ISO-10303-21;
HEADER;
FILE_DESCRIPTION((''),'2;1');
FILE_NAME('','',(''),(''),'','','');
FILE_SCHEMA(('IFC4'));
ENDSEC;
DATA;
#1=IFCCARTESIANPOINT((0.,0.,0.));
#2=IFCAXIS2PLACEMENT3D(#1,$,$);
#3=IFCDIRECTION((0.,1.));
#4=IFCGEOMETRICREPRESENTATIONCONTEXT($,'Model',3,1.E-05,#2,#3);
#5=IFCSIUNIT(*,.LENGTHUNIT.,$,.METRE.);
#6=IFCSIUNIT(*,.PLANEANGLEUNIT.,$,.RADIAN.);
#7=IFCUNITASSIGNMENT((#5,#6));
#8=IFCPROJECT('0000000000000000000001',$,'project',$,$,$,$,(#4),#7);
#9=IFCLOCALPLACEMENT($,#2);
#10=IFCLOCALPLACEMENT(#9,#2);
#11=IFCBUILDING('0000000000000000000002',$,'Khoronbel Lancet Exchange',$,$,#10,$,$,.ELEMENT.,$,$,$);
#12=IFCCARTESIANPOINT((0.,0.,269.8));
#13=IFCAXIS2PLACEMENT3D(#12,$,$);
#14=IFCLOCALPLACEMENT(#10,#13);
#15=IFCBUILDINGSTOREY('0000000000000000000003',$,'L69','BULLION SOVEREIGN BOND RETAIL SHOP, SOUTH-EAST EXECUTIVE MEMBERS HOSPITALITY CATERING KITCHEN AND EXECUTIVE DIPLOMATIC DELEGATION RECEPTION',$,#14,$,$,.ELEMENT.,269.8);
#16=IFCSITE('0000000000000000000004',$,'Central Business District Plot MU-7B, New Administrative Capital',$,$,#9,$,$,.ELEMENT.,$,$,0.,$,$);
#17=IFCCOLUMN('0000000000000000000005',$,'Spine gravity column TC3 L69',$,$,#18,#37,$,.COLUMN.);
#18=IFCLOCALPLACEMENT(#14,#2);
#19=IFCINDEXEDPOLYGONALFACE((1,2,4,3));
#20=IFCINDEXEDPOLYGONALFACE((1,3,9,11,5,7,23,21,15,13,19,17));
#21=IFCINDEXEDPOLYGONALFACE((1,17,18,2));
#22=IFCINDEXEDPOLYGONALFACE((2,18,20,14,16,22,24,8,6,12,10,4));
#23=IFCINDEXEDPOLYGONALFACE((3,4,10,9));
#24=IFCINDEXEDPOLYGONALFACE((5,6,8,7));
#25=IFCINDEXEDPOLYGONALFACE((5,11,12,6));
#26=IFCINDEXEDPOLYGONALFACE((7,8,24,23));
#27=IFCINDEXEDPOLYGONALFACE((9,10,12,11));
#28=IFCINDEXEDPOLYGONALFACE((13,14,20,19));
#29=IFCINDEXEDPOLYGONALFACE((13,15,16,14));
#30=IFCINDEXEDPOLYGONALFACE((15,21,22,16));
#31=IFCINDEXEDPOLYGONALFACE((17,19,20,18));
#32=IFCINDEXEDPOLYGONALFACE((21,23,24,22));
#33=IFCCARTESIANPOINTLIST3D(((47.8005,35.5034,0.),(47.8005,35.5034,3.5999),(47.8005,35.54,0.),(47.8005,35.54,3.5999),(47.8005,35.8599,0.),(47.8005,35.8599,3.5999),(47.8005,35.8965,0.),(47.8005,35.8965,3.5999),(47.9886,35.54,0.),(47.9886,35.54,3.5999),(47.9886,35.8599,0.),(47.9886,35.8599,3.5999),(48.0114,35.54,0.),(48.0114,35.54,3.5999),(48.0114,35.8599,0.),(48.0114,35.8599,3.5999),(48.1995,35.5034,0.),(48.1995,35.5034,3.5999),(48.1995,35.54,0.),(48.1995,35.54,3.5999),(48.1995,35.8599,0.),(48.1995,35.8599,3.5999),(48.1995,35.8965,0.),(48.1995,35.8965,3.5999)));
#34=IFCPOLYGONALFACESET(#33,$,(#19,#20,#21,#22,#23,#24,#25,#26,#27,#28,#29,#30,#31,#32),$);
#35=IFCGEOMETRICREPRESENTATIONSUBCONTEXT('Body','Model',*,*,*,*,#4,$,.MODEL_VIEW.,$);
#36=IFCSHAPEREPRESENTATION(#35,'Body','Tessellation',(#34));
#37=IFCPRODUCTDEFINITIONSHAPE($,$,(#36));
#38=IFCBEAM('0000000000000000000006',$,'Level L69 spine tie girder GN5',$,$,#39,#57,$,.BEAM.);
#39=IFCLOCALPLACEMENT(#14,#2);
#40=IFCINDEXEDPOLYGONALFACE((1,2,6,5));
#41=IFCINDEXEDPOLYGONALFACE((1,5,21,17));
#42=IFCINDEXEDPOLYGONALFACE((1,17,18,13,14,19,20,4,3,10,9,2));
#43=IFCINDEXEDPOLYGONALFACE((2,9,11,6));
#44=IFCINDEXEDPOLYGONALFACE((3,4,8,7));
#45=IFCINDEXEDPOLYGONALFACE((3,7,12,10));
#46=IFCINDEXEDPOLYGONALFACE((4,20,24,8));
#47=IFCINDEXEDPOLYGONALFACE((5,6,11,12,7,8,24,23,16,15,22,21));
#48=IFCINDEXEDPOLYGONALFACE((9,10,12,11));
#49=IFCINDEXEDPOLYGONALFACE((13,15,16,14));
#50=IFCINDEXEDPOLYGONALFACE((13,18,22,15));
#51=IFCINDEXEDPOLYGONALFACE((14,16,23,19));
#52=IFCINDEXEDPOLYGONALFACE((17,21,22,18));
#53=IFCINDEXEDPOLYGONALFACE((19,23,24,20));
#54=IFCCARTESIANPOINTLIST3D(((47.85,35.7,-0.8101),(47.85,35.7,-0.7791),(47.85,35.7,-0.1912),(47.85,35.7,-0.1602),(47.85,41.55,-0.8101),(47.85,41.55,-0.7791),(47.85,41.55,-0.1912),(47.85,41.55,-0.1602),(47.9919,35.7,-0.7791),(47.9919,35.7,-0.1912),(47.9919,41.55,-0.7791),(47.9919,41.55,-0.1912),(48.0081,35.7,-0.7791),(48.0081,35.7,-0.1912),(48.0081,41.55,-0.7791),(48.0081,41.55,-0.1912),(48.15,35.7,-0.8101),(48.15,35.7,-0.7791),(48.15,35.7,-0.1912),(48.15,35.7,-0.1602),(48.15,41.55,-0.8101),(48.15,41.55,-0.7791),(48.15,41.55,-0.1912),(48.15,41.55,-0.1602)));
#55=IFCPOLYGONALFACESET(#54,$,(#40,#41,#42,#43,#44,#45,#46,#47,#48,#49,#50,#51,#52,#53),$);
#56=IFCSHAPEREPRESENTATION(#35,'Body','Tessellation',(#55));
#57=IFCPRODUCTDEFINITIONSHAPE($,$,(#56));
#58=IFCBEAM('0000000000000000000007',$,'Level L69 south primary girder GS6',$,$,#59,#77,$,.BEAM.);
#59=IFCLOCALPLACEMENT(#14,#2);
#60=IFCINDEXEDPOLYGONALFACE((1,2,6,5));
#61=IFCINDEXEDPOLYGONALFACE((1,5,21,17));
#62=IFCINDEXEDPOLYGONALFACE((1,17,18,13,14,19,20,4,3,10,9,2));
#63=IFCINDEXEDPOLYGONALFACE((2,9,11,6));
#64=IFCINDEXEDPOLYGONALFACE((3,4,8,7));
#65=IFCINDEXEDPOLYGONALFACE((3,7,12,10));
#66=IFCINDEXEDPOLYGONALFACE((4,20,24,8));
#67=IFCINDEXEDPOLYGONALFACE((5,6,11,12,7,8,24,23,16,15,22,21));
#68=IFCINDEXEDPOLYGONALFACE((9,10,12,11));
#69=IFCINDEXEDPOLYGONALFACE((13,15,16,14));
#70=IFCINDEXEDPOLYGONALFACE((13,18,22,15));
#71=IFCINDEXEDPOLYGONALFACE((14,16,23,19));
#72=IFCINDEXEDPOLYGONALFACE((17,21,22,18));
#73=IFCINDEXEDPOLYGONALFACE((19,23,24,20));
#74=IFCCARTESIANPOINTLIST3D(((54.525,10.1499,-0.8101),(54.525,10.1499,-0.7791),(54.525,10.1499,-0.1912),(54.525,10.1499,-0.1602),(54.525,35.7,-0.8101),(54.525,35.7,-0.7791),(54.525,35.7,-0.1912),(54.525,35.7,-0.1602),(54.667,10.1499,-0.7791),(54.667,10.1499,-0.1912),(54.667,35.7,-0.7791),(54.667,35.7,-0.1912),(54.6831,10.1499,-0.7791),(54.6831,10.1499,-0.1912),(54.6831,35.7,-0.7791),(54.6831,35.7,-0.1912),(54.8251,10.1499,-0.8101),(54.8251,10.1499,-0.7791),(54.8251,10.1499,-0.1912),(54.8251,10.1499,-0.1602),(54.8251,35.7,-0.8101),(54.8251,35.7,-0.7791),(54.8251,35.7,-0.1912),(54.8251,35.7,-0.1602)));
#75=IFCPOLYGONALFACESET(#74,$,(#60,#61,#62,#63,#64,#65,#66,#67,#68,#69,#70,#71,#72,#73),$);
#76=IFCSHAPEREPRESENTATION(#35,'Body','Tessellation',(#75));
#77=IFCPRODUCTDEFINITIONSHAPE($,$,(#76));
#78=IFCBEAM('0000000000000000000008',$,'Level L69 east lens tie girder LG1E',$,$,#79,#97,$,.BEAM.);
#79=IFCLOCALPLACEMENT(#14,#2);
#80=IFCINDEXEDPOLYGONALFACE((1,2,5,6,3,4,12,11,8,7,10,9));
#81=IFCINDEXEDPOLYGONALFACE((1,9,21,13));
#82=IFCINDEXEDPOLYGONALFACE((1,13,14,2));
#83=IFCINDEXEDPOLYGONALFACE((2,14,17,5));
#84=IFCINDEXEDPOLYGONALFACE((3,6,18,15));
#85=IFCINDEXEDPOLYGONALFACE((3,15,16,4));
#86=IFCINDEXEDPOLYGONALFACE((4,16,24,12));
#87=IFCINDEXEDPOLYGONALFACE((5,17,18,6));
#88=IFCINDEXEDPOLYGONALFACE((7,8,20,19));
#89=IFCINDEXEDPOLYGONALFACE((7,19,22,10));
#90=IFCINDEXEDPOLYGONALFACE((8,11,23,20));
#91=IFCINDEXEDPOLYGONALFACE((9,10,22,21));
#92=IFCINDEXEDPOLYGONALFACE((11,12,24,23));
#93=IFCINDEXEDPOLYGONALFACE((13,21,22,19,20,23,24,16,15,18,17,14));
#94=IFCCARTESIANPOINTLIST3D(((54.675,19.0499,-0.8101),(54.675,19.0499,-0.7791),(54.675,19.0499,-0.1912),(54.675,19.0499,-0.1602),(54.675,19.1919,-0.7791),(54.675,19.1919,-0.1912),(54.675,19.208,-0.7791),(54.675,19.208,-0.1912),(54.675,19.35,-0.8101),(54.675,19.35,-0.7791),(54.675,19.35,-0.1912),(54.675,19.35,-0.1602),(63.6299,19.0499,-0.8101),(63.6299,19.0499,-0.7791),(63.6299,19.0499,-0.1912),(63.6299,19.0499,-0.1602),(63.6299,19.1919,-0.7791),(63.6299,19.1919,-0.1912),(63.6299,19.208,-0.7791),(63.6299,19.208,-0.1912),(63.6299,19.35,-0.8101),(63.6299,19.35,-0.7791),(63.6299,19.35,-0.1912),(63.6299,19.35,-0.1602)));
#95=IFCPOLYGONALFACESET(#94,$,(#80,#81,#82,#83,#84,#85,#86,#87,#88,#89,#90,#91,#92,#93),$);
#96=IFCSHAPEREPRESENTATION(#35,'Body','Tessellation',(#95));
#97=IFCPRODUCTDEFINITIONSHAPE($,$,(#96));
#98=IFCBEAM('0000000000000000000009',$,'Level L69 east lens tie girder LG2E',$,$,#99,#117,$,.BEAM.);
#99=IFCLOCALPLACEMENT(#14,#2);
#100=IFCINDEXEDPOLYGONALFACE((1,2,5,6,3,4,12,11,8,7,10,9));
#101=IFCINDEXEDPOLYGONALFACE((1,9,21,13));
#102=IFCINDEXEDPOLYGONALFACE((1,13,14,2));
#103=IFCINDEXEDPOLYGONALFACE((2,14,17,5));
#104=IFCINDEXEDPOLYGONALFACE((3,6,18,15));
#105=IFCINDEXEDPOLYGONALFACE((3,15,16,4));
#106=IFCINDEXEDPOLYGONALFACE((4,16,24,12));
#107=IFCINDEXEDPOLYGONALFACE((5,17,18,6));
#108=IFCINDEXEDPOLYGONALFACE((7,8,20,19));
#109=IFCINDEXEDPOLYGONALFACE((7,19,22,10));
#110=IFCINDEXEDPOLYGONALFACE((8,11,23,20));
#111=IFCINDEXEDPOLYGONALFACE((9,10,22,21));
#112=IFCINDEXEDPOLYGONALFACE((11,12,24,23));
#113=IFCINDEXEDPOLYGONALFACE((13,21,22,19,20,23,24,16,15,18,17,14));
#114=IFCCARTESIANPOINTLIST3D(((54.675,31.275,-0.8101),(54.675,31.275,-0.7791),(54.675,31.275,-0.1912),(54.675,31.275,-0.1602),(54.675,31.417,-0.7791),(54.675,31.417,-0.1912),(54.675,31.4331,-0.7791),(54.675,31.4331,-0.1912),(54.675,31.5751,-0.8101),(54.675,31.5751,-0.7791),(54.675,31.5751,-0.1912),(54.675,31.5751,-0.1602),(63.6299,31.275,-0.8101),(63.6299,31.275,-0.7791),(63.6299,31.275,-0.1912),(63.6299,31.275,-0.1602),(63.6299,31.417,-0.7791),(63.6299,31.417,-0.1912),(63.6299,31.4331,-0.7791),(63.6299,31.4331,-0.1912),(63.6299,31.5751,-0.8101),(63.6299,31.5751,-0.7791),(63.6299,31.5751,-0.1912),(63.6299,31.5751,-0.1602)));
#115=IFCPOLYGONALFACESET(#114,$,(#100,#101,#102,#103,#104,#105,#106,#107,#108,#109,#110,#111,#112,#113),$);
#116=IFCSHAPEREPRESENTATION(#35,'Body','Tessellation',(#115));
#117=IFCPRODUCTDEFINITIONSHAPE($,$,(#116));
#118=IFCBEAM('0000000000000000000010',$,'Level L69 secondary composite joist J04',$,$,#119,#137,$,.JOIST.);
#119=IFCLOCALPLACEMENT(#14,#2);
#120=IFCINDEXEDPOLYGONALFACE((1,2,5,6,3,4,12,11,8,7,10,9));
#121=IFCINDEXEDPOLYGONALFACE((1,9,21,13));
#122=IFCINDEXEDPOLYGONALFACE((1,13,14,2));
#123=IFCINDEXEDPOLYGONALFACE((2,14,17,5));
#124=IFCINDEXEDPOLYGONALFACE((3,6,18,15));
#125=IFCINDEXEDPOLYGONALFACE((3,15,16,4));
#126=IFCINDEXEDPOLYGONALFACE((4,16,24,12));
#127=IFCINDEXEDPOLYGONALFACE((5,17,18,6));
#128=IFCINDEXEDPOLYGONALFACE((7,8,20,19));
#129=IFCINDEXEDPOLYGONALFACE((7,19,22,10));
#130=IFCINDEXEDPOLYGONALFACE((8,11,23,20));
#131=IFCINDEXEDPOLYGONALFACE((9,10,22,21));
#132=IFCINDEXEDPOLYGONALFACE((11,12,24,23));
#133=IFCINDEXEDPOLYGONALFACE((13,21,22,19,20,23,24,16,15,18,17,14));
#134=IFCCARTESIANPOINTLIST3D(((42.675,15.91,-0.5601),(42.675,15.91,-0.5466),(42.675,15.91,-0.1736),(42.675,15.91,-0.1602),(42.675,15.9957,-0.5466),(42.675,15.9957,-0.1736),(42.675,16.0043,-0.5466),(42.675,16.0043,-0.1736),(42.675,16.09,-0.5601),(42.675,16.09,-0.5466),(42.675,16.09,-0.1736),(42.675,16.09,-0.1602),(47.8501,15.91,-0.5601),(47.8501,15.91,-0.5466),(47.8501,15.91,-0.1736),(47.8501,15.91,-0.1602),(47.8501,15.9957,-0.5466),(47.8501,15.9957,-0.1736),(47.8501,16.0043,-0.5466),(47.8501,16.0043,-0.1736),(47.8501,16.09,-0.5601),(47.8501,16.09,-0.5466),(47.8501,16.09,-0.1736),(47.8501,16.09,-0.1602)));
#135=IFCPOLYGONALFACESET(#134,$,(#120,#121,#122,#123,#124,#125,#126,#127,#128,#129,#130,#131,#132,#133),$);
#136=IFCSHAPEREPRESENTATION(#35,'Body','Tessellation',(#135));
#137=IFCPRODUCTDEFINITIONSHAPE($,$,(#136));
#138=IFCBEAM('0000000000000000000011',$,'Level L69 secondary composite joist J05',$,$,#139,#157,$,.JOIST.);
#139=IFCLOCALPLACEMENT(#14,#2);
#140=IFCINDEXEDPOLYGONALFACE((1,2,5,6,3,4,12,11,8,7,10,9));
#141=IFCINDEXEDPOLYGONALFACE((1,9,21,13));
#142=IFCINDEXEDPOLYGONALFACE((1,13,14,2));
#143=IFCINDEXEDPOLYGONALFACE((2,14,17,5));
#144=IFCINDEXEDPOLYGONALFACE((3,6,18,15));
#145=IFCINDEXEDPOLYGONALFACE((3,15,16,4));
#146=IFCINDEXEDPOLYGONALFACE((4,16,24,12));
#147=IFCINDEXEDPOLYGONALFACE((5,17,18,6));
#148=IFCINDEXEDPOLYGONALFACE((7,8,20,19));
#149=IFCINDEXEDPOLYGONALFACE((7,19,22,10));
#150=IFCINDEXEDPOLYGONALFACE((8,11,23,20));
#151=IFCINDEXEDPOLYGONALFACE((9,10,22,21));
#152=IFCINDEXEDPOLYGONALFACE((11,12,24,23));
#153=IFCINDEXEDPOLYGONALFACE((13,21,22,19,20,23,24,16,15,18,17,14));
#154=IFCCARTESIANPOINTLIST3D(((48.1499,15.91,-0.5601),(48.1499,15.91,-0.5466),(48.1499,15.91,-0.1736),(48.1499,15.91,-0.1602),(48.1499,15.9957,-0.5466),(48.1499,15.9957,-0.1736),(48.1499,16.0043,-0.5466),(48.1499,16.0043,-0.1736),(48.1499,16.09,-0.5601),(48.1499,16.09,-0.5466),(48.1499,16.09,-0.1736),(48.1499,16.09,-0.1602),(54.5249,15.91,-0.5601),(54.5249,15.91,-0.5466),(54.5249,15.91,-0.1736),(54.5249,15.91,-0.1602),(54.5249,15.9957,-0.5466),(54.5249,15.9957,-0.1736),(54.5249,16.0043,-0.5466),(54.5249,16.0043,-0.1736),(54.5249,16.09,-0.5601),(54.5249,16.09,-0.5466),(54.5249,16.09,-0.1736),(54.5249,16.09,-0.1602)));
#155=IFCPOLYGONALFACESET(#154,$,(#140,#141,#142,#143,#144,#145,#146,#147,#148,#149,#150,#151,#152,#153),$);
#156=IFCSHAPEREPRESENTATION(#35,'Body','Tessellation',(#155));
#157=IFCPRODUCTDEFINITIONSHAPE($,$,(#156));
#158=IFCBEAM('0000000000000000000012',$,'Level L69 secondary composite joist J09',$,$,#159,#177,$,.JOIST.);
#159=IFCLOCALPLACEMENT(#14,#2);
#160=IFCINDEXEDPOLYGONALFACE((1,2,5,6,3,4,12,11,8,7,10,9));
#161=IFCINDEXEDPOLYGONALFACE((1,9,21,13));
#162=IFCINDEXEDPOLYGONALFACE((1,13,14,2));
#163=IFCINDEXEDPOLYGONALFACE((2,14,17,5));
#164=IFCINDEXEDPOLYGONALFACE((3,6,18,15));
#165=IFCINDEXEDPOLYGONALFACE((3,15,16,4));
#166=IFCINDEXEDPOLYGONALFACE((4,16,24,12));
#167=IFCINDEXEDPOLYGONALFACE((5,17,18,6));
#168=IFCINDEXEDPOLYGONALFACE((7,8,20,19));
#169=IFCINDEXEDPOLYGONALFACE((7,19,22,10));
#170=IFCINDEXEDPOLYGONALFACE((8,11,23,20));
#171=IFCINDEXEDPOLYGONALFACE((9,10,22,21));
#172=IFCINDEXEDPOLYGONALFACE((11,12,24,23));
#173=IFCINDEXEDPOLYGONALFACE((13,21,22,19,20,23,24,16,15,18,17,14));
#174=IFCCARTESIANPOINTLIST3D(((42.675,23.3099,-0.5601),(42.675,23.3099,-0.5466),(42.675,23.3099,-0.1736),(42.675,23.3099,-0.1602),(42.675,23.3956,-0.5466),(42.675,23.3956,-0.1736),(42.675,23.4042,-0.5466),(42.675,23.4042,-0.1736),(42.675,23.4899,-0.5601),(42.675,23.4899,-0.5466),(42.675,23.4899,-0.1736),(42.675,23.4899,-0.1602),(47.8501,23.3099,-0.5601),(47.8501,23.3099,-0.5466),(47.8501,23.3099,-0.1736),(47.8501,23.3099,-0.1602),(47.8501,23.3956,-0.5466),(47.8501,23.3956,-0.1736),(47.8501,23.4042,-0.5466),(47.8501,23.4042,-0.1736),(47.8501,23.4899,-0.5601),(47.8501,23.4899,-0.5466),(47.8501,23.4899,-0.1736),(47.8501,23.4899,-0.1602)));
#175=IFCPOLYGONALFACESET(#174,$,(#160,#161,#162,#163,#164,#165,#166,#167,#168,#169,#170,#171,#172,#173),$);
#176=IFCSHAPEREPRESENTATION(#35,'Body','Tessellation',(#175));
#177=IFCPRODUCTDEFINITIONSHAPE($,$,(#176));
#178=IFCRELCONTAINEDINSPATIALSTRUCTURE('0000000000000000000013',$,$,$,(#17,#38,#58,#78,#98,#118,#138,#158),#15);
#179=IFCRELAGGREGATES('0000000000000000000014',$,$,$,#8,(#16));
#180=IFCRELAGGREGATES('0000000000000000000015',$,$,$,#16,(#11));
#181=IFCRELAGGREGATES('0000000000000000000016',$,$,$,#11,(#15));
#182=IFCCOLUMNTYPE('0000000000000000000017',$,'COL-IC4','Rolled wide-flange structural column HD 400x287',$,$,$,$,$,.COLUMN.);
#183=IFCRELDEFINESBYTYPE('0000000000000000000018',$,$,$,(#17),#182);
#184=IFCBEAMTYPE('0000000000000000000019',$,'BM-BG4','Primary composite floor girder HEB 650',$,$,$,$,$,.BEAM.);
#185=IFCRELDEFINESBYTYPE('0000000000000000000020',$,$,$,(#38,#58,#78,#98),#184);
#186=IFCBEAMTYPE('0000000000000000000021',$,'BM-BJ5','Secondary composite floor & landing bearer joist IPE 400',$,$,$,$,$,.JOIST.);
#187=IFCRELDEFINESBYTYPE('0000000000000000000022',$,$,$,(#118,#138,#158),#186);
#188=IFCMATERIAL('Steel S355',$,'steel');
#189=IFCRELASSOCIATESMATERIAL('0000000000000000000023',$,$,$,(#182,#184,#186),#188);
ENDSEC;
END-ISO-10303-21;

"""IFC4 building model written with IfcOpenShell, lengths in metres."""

from ifc_helpers import new_model, si_unit, direction, frame, origin, origin_2d, place, context, subcontext, project, spatial, i_section, extrude, material, material_profile, profile_set, type_object, element, save


model = new_model("IFC4")

# Units and contexts
model_context = context("Model", 3, precision=1e-05, world=origin(), true_north=direction((0.0, 1.0)))
body_context = subcontext(model_context, "Body", "Model", "MODEL_VIEW")
ifc_project = project(units=[si_unit("LENGTHUNIT", "METRE"), si_unit("PLANEANGLEUNIT", "RADIAN")], contexts=[model_context])

# Site, building, storey
site_placement = place(None, origin())
site = spatial("IfcSite", under=ifc_project, at=site_placement, Name="Central Business District Plot MU-7B, New Administrative Capital", CompositionType="ELEMENT", RefElevation=0.0)
building_placement = place(site_placement, origin())
building = spatial("IfcBuilding", under=site, at=building_placement, Name="Khoronbel Lancet Exchange", CompositionType="ELEMENT")
storey_placement = place(building_placement, frame((0.0, 0.0, 269.8)))
storey = spatial("IfcBuildingStorey", under=building, at=storey_placement, Name="L69", Description="BULLION SOVEREIGN BOND RETAIL SHOP, SOUTH-EAST EXECUTIVE MEMBERS HOSPITALITY CATERING KITCHEN AND EXECUTIVE DIPLOMATIC DELEGATION RECEPTION", CompositionType="ELEMENT", Elevation=269.8)

# Column
ifc_material_1 = material(Name="Steel S355", Category="steel")
ifc_material_profile_1 = material_profile(ifc_material_1, i_section(OverallWidth=0.3989, OverallDepth=0.3931, WebThickness=0.0227, FlangeThickness=0.0366, at=origin_2d()), Name="HD 400x287")
ifc_profile_set_1 = profile_set([ifc_material_profile_1], Name="Steel S355")
column_type = type_object("IfcColumnType", Name="COL-IC4", Description="Rolled wide-flange structural column HD 400x287", PredefinedType="COLUMN", material=ifc_profile_set_1)
column_placement = place(storey_placement, frame((48.0, 35.7, 0.0), z_axis=(0.0, 0.0, 1.0), x_axis=(1.0, 0.0, 0.0)))
element("IfcColumn", 1, at=column_placement, inside=storey, type_object=column_type, Name="Spine gravity column TC3 L69", PredefinedType="COLUMN", context=body_context, shape_type="SweptSolid", body=[
    extrude(i_section(OverallWidth=0.3989, OverallDepth=0.3931, WebThickness=0.0227, FlangeThickness=0.0366, at=origin_2d()), origin(), (0.0, 0.0, 1.0), 3.5999),
])

# Beams
ifc_material_profile_2 = material_profile(ifc_material_1, i_section(OverallWidth=0.3, OverallDepth=0.6499, WebThickness=0.0161, FlangeThickness=0.031, at=origin_2d()), Name="HEB 650")
ifc_profile_set_2 = profile_set([ifc_material_profile_2], Name="Steel S355")
beam_type_1 = type_object("IfcBeamType", Name="BM-BG4", Description="Primary composite floor girder HEB 650", PredefinedType="BEAM", material=ifc_profile_set_2)
beam_1_placement = place(storey_placement, frame((48.0, 35.7, -0.4851), z_axis=(0.0, 1.0, 0.0), x_axis=(-1.0, 0.0, 0.0)))
element("IfcBeam", 2, at=beam_1_placement, inside=storey, type_object=beam_type_1, Name="Level L69 spine tie girder GN5", PredefinedType="BEAM", context=body_context, shape_type="SweptSolid", body=[
    extrude(i_section(OverallWidth=0.3, OverallDepth=0.6499, WebThickness=0.0161, FlangeThickness=0.031, at=origin_2d()), origin(), (0.0, 0.0, 1.0), 5.8501),
])
beam_2_placement = place(storey_placement, frame((54.675, 10.1499, -0.4851), z_axis=(0.0, 1.0, 0.0), x_axis=(-1.0, 0.0, 0.0)))
element("IfcBeam", 3, at=beam_2_placement, inside=storey, type_object=beam_type_1, Name="Level L69 south primary girder GS6", PredefinedType="BEAM", context=body_context, shape_type="SweptSolid", body=[
    extrude(i_section(OverallWidth=0.3, OverallDepth=0.6499, WebThickness=0.0161, FlangeThickness=0.031, at=origin_2d()), origin(), (0.0, 0.0, 1.0), 25.55),
])
for number, where, z_axis, x_axis, name in (
    (4, (54.675, 19.2, -0.4851), (1.0, 0.0, 0.0), (0.0, 1.0, 0.0), "Level L69 east lens tie girder LG1E"),
    (5, (54.675, 31.425, -0.4851), (1.0, 0.0, 0.0), (0.0, 1.0, 0.0), "Level L69 east lens tie girder LG2E"),
):
    element("IfcBeam", number, at=place(storey_placement, frame(where, z_axis=z_axis, x_axis=x_axis)), inside=storey, type_object=beam_type_1, Name=name, PredefinedType="BEAM", context=body_context, shape_type="SweptSolid", body=[
        extrude(i_section(OverallWidth=0.3, OverallDepth=0.6499, WebThickness=0.0161, FlangeThickness=0.031, at=origin_2d()), origin(), (0.0, 0.0, 1.0), 8.9548),
    ])
ifc_material_profile_3 = material_profile(ifc_material_1, i_section(OverallWidth=0.1799, OverallDepth=0.3999, WebThickness=0.0085, FlangeThickness=0.0134, at=origin_2d()), Name="IPE 400")
ifc_profile_set_3 = profile_set([ifc_material_profile_3], Name="Steel S355")
beam_type_2 = type_object("IfcBeamType", Name="BM-BJ5", Description="Secondary composite floor & landing bearer joist IPE 400", PredefinedType="JOIST", material=ifc_profile_set_3)
beam_3_placement = place(storey_placement, frame((42.675, 16.0, -0.3601), z_axis=(1.0, 0.0, 0.0), x_axis=(0.0, 1.0, 0.0)))
element("IfcBeam", 6, at=beam_3_placement, inside=storey, type_object=beam_type_2, Name="Level L69 secondary composite joist J04", PredefinedType="JOIST", context=body_context, shape_type="SweptSolid", body=[
    extrude(i_section(OverallWidth=0.1799, OverallDepth=0.3999, WebThickness=0.0085, FlangeThickness=0.0134, at=origin_2d()), origin(), (0.0, 0.0, 1.0), 5.175),
])
beam_4_placement = place(storey_placement, frame((48.1499, 16.0, -0.3601), z_axis=(1.0, 0.0, 0.0), x_axis=(0.0, 1.0, 0.0)))
element("IfcBeam", 7, at=beam_4_placement, inside=storey, type_object=beam_type_2, Name="Level L69 secondary composite joist J05", PredefinedType="JOIST", context=body_context, shape_type="SweptSolid", body=[
    extrude(i_section(OverallWidth=0.1799, OverallDepth=0.3999, WebThickness=0.0085, FlangeThickness=0.0134, at=origin_2d()), origin(), (0.0, 0.0, 1.0), 6.375),
])
beam_5_placement = place(storey_placement, frame((42.675, 23.3999, -0.3601), z_axis=(1.0, 0.0, 0.0), x_axis=(0.0, 1.0, 0.0)))
element("IfcBeam", 8, at=beam_5_placement, inside=storey, type_object=beam_type_2, Name="Level L69 secondary composite joist J09", PredefinedType="JOIST", context=body_context, shape_type="SweptSolid", body=[
    extrude(i_section(OverallWidth=0.1799, OverallDepth=0.3999, WebThickness=0.0085, FlangeThickness=0.0134, at=origin_2d()), origin(), (0.0, 0.0, 1.0), 5.175),
])

save(model, "model.ifc")
